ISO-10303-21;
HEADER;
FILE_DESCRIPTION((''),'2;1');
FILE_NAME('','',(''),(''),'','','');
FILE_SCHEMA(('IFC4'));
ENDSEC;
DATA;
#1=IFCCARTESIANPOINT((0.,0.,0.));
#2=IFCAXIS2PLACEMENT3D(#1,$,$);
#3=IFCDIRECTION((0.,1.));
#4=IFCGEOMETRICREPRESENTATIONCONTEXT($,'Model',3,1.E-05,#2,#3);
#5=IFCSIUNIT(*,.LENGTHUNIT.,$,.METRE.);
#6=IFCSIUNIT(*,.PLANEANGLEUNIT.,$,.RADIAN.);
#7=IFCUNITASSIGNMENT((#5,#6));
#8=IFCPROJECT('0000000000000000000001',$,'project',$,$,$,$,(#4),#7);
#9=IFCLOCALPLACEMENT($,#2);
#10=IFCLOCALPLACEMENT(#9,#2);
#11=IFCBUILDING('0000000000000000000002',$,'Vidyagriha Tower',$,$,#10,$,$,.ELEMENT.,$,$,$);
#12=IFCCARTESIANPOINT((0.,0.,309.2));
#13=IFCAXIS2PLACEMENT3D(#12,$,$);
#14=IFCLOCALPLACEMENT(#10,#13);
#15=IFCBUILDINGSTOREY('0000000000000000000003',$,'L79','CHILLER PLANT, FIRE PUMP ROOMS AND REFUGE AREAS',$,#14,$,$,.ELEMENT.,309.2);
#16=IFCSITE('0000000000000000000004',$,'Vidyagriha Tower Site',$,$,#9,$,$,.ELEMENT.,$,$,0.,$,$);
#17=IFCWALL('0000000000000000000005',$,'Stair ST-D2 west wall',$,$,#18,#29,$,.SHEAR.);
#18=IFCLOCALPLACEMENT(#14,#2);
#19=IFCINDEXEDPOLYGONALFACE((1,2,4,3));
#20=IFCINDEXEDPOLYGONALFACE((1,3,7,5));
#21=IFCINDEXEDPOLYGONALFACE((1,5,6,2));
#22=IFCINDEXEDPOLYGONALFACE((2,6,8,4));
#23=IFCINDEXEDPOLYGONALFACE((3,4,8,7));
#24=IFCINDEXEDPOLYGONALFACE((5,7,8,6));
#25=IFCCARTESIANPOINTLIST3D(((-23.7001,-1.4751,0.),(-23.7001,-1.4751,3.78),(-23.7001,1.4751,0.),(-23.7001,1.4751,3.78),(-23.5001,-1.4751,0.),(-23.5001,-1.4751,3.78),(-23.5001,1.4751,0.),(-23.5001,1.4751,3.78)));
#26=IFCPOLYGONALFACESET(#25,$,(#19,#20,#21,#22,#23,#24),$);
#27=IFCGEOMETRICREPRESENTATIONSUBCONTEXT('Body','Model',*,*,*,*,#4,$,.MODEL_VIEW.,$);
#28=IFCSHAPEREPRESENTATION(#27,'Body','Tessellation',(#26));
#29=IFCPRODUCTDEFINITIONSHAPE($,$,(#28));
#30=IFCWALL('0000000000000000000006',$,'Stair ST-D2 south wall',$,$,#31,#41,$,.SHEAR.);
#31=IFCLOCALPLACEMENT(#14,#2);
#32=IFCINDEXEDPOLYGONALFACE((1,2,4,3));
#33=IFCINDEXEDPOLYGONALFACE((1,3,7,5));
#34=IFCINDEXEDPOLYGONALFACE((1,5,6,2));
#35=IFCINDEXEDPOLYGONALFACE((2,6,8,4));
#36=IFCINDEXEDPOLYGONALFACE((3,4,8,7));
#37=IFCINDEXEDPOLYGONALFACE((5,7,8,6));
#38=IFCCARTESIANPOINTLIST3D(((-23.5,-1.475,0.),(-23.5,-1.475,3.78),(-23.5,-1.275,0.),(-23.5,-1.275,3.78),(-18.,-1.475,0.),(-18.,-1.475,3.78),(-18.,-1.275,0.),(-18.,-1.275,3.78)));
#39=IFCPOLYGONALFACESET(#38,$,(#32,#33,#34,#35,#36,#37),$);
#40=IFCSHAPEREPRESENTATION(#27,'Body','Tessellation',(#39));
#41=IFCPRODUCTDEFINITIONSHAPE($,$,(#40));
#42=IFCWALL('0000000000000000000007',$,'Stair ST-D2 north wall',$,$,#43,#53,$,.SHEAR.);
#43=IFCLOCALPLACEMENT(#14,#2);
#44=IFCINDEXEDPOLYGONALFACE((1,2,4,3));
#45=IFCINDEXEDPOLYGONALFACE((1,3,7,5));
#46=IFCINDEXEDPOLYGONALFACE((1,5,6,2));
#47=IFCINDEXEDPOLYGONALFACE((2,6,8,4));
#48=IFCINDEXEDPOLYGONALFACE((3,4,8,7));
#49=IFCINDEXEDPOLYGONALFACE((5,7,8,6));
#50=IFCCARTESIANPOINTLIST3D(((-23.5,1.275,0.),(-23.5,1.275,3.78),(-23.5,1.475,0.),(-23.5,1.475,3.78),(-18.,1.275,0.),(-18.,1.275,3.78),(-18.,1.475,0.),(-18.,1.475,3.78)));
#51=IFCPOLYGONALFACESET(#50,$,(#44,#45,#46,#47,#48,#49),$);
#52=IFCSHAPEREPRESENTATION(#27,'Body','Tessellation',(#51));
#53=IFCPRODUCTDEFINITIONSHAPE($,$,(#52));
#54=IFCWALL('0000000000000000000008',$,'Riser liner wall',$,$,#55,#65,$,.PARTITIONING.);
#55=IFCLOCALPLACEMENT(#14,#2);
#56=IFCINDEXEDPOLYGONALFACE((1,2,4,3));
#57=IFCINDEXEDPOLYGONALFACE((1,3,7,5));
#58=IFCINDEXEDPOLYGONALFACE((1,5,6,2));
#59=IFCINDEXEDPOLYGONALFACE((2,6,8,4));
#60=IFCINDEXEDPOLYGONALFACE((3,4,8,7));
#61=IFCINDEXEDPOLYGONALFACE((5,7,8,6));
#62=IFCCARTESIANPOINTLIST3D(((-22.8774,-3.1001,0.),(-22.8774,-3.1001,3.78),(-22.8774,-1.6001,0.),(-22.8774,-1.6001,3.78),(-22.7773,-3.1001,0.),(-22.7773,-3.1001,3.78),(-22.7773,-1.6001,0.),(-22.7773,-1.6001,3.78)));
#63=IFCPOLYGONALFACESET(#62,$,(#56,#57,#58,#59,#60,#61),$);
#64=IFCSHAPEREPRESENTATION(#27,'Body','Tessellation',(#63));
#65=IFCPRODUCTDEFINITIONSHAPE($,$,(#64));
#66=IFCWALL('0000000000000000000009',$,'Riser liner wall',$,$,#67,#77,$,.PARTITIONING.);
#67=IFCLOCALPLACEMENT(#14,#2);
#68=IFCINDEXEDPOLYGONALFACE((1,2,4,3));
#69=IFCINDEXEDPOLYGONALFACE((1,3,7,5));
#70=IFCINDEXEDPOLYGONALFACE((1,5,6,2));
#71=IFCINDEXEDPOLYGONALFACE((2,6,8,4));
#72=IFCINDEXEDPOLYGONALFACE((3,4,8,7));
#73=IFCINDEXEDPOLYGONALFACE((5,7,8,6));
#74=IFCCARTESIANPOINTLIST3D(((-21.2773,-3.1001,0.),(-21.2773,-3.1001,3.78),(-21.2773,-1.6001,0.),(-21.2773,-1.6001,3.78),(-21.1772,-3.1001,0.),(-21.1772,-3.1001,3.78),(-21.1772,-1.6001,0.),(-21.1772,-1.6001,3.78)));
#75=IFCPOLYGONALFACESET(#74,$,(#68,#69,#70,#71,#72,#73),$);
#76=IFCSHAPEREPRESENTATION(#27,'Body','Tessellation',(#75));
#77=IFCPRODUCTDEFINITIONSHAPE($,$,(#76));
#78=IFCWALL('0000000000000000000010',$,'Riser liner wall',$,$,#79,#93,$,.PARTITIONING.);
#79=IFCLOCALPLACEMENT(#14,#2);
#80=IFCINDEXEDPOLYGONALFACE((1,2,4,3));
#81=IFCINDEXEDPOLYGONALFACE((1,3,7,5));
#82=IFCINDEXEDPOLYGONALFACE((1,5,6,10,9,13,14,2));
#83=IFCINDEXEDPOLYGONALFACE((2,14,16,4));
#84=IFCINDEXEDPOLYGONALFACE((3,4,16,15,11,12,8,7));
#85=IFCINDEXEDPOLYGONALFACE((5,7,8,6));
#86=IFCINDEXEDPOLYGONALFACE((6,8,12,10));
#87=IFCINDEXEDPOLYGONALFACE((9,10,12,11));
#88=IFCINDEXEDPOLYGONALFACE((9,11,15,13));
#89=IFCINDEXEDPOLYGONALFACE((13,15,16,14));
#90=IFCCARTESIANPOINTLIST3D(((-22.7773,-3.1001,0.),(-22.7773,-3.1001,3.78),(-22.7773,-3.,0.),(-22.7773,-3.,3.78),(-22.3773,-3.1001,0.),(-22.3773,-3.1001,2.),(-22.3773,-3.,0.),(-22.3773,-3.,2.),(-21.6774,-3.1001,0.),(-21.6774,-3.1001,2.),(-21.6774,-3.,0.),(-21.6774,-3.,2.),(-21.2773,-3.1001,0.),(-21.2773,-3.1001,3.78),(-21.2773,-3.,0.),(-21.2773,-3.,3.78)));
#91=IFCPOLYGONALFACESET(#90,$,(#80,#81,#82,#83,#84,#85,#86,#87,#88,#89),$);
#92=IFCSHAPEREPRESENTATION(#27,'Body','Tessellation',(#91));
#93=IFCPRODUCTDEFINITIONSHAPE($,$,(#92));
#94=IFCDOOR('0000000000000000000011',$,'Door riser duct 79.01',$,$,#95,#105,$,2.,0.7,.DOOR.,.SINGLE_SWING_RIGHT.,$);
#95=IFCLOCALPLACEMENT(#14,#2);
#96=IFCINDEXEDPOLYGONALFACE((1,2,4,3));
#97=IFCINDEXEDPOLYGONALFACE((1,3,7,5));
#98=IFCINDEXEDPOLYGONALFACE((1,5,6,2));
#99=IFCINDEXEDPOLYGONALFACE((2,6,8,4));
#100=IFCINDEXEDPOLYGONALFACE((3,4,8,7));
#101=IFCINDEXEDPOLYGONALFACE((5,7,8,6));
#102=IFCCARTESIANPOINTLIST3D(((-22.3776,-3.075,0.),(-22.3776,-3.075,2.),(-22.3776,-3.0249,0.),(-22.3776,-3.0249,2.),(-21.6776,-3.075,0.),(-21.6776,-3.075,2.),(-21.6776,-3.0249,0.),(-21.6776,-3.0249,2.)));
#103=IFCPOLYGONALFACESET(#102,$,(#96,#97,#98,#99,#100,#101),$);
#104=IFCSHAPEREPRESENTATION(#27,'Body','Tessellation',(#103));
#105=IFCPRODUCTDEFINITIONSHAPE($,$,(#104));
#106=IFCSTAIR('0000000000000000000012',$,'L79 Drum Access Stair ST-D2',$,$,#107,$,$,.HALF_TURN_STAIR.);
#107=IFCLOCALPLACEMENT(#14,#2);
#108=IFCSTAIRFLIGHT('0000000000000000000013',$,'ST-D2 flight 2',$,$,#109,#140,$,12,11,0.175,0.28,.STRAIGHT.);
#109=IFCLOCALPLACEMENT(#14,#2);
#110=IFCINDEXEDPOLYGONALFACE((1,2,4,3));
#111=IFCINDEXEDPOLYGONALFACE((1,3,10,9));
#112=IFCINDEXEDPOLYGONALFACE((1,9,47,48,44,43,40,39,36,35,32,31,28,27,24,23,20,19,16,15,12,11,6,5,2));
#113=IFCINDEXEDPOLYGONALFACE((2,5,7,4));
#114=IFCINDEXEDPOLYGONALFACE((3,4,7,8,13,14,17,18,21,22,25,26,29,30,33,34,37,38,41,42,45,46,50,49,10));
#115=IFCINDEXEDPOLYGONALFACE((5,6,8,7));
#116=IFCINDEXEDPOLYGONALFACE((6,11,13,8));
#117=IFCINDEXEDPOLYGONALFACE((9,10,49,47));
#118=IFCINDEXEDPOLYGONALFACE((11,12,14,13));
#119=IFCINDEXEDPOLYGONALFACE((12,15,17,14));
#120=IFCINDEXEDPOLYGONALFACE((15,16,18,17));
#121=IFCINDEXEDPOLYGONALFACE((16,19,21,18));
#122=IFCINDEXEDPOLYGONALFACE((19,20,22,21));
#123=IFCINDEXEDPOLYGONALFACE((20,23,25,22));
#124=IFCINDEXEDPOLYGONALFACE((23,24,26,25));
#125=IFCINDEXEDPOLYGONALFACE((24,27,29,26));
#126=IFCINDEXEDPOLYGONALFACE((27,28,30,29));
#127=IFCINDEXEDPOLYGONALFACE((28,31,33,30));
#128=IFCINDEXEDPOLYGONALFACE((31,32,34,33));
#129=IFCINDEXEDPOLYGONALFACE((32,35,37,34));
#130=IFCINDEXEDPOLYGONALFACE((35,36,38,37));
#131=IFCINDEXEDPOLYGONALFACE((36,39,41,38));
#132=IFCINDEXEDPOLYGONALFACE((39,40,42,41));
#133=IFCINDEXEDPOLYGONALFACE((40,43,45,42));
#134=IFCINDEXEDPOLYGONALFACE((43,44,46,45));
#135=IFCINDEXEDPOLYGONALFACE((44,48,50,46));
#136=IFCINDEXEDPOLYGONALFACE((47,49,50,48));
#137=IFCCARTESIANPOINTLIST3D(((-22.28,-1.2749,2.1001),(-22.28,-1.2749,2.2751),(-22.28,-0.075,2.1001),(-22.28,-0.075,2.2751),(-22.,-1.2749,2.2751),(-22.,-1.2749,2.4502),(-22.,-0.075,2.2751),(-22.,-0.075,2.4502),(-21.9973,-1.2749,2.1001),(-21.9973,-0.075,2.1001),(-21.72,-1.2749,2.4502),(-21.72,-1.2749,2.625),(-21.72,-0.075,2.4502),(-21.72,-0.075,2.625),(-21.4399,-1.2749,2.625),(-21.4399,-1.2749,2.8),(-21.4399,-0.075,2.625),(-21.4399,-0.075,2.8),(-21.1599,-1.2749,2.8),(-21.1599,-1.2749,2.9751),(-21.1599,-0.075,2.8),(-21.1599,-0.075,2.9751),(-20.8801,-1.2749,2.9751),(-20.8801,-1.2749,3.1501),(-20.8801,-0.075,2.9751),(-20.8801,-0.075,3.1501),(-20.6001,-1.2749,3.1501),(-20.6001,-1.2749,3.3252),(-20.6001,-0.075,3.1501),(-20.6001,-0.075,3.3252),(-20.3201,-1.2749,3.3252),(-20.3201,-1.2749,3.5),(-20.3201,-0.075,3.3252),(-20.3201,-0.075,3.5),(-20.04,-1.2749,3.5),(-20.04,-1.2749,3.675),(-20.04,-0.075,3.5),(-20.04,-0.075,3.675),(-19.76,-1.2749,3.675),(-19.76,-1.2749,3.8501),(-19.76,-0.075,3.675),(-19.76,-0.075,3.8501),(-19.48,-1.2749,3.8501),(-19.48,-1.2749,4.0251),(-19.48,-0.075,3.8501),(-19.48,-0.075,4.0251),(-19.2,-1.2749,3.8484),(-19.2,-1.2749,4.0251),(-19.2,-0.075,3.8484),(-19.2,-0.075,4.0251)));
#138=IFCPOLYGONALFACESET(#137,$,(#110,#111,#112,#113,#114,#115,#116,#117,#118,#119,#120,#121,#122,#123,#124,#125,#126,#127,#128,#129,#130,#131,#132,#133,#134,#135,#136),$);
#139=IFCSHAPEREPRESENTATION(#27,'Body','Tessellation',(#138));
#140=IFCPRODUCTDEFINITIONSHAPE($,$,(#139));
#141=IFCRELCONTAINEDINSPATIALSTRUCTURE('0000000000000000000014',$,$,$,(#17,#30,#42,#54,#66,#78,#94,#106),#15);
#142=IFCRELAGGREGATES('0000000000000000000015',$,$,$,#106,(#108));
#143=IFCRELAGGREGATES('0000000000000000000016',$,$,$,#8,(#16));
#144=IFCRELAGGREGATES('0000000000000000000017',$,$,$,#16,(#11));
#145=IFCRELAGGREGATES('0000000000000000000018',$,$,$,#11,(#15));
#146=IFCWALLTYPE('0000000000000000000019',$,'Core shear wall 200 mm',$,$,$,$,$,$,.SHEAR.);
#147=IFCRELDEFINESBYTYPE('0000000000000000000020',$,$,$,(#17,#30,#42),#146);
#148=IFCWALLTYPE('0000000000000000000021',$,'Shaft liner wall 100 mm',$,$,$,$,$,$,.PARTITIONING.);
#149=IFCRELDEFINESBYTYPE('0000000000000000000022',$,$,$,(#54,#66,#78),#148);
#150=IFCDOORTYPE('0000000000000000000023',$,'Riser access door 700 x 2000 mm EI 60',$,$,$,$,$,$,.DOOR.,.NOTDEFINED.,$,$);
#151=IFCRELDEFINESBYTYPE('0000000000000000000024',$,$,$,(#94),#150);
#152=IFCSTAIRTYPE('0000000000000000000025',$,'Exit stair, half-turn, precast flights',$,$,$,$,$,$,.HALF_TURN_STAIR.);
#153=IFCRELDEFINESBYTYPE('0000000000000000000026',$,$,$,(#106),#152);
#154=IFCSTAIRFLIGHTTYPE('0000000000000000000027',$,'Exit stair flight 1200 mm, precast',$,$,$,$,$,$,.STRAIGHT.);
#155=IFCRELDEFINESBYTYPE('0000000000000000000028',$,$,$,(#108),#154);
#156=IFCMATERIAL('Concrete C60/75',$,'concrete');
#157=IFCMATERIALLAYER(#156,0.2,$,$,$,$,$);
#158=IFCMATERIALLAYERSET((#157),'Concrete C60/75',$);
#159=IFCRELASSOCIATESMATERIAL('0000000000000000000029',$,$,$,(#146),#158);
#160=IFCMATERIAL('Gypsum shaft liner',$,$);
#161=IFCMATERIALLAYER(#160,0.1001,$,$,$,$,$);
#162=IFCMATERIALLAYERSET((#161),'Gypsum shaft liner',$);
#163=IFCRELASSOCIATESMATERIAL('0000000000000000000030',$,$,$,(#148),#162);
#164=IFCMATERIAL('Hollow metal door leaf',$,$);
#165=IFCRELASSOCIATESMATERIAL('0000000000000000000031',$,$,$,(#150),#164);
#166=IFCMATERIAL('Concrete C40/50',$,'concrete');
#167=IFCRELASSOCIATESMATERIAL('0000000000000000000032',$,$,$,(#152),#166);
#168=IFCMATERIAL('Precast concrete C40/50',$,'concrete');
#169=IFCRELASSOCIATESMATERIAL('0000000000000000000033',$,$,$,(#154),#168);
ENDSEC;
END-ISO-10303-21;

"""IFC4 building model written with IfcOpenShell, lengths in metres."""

from ifc_helpers import new_model, si_unit, direction, frame, frame_2d, origin, place, context, subcontext, project, spatial, polyline, rectangle, outline, extrude, material, layer, layer_set, type_object, element, fill, aggregate, save


model = new_model("IFC4")

# Units and contexts
model_context = context("Model", 3, precision=1e-05, world=origin(), true_north=direction((0.0, 1.0)))
body_context = subcontext(model_context, "Body", "Model", "MODEL_VIEW")
ifc_project = project(units=[si_unit("LENGTHUNIT", "METRE"), si_unit("PLANEANGLEUNIT", "RADIAN")], contexts=[model_context])

# Site, building, storey
site_placement = place(None, origin())
site = spatial("IfcSite", under=ifc_project, at=site_placement, Name="Vidyagriha Tower Site", CompositionType="ELEMENT", RefElevation=0.0)
building_placement = place(site_placement, origin())
building = spatial("IfcBuilding", under=site, at=building_placement, Name="Vidyagriha Tower", CompositionType="ELEMENT")
storey_placement = place(building_placement, frame((0.0, 0.0, 309.2)))
storey = spatial("IfcBuildingStorey", under=building, at=storey_placement, Name="L79", Description="CHILLER PLANT, FIRE PUMP ROOMS AND REFUGE AREAS", CompositionType="ELEMENT", Elevation=309.2)

# Walls
ifc_material_1 = material(Name="Concrete C60/75", Category="concrete")
ifc_layer_1 = layer(ifc_material_1, 0.2)
ifc_layer_set_1 = layer_set([ifc_layer_1], Name="Concrete C60/75")
wall_type_1 = type_object("IfcWallType", Name="Core shear wall 200 mm", PredefinedType="SHEAR", material=ifc_layer_set_1)
wall_1_placement = place(storey_placement, frame((-23.6001, -1.4751, 0.0), z_axis=(0.0, 0.0, 1.0), x_axis=(0.0, 1.0, 0.0)))
element("IfcWall", 1, at=wall_1_placement, inside=storey, type_object=wall_type_1, Name="Stair ST-D2 west wall", PredefinedType="SHEAR", context=body_context, shape_type="SweptSolid", body=[
    extrude(rectangle(XDim=2.9502, YDim=0.2, at=frame_2d((1.4751, 0.0))), origin(), (0.0, 0.0, 1.0), 3.78),
])
for number, where, name in (
    (2, (-23.5, -1.375, 0.0), "Stair ST-D2 south wall"),
    (3, (-23.5, 1.375, 0.0), "Stair ST-D2 north wall"),
):
    element("IfcWall", number, at=place(storey_placement, frame(where)), inside=storey, type_object=wall_type_1, Name=name, PredefinedType="SHEAR", context=body_context, shape_type="SweptSolid", body=[
        extrude(rectangle(XDim=5.5, YDim=0.2, at=frame_2d((2.75, 0.0))), origin(), (0.0, 0.0, 1.0), 3.78),
    ])
ifc_material_2 = material(Name="Gypsum shaft liner")
ifc_layer_2 = layer(ifc_material_2, 0.1001)
ifc_layer_set_2 = layer_set([ifc_layer_2], Name="Gypsum shaft liner")
wall_type_2 = type_object("IfcWallType", Name="Shaft liner wall 100 mm", PredefinedType="PARTITIONING", material=ifc_layer_set_2)
for number, where, z_axis, x_axis, name in (
    (4, (-22.8274, -1.6001, 0.0), (0.0, 0.0, 1.0), (0.0, -1.0, 0.0), "Riser liner wall"),
    (5, (-21.2273, -1.6001, 0.0), (0.0, 0.0, 1.0), (0.0, -1.0, 0.0), "Riser liner wall"),
):
    element("IfcWall", number, at=place(storey_placement, frame(where, z_axis=z_axis, x_axis=x_axis)), inside=storey, type_object=wall_type_2, Name=name, PredefinedType="PARTITIONING", context=body_context, shape_type="SweptSolid", body=[
        extrude(rectangle(XDim=1.5, YDim=0.1001, at=frame_2d((0.75, 0.0))), origin(), (0.0, 0.0, 1.0), 3.78),
    ])

# Wall, opening, door
wall_2_placement = place(storey_placement, frame((-22.7773, -3.05, 0.0)))
wall_2 = element("IfcWall", 6, at=wall_2_placement, inside=storey, type_object=wall_type_2, Name="Riser liner wall", PredefinedType="PARTITIONING", context=body_context, shape_type="SweptSolid", body=[
    extrude(rectangle(XDim=1.5, YDim=0.1001, at=frame_2d((0.75, 0.0))), origin(), (0.0, 0.0, 1.0), 3.78),
])
opening_placement = place(wall_2_placement, frame((0.3999, 0.0, 0.0)))
opening = element("IfcOpeningElement", 7, at=opening_placement, cuts=wall_2, PredefinedType="OPENING", context=body_context, shape_type="SweptSolid", body=[
    extrude(rectangle(XDim=0.7, YDim=2.0, at=frame_2d((0.3501, 1.0))), frame((0.0, 0.0601, 0.0), z_axis=(0.0, -1.0, 0.0), x_axis=(1.0, 0.0, 0.0)), (0.0, 0.0, 1.0), 0.1201),
])
ifc_material_3 = material(Name="Hollow metal door leaf")
door_type = type_object("IfcDoorType", Name="Riser access door 700 x 2000 mm EI 60", OperationType="NOTDEFINED", PredefinedType="DOOR", material=ifc_material_3)
door_placement = place(opening_placement, frame((0.7, 0.0, 0.0), z_axis=(0.0, 0.0, 1.0), x_axis=(-1.0, 0.0, 0.0)))
door = element("IfcDoor", 8, at=door_placement, inside=storey, type_object=door_type, Name="Door riser duct 79.01", OperationType="SINGLE_SWING_RIGHT", OverallHeight=2.0, OverallWidth=0.7, PredefinedType="DOOR", context=body_context, shape_type="SweptSolid", body=[
    extrude(rectangle(XDim=0.7, YDim=2.0, at=frame_2d((0.3501, 1.0))), frame((0.0, 0.0249, 0.0), z_axis=(0.0, -1.0, 0.0), x_axis=(1.0, 0.0, 0.0)), (0.0, 0.0, 1.0), 0.05),
])
fill(opening, door)

# Stair, stair flight
ifc_material_4 = material(Name="Concrete C40/50", Category="concrete")
stair_type = type_object("IfcStairType", Name="Exit stair, half-turn, precast flights", PredefinedType="HALF_TURN_STAIR", material=ifc_material_4)
stair_placement = place(storey_placement, origin())
stair = element("IfcStair", 9, at=stair_placement, inside=storey, type_object=stair_type, Name="L79 Drum Access Stair ST-D2", PredefinedType="HALF_TURN_STAIR")
ifc_material_5 = material(Name="Precast concrete C40/50", Category="concrete")
stair_flight_type = type_object("IfcStairFlightType", Name="Exit stair flight 1200 mm, precast", PredefinedType="STRAIGHT", material=ifc_material_5)
stair_flight_placement = place(storey_placement, frame((-22.28, -0.675, 2.1001)))
stair_flight = element("IfcStairFlight", 10, at=stair_flight_placement, type_object=stair_flight_type, Name="ST-D2 flight 2", NumberOfRisers=12, NumberOfTreads=11, PredefinedType="STRAIGHT", RiserHeight=0.175, TreadLength=0.28, context=body_context, shape_type="SweptSolid", body=[
    extrude(outline(polyline([(0.0, 0.0), (0.0, 0.175), (0.28, 0.175), (0.28, 0.3501), (0.5601, 0.3501), (0.5601, 0.5249), (0.8401, 0.5249), (0.8401, 0.7), (1.1201, 0.7), (1.1201, 0.875), (1.3999, 0.875), (1.3999, 1.05), (1.6799, 1.05), (1.6799, 1.2251), (1.96, 1.2251), (1.96, 1.3999), (2.24, 1.3999), (2.24, 1.575), (2.52, 1.575), (2.52, 1.75), (2.8, 1.75), (2.8, 1.925), (3.0801, 1.925), (3.0801, 2.1001), (3.0801, 1.7483), (0.2827, 0.0), (0.0, 0.0)])), frame((0.0, 0.6001, 0.0), z_axis=(0.0, -1.0, 0.0), x_axis=(1.0, 0.0, 0.0)), (0.0, 0.0, 1.0), 1.2),
])
aggregate(stair, [stair_flight])

save(model, "model.ifc")
